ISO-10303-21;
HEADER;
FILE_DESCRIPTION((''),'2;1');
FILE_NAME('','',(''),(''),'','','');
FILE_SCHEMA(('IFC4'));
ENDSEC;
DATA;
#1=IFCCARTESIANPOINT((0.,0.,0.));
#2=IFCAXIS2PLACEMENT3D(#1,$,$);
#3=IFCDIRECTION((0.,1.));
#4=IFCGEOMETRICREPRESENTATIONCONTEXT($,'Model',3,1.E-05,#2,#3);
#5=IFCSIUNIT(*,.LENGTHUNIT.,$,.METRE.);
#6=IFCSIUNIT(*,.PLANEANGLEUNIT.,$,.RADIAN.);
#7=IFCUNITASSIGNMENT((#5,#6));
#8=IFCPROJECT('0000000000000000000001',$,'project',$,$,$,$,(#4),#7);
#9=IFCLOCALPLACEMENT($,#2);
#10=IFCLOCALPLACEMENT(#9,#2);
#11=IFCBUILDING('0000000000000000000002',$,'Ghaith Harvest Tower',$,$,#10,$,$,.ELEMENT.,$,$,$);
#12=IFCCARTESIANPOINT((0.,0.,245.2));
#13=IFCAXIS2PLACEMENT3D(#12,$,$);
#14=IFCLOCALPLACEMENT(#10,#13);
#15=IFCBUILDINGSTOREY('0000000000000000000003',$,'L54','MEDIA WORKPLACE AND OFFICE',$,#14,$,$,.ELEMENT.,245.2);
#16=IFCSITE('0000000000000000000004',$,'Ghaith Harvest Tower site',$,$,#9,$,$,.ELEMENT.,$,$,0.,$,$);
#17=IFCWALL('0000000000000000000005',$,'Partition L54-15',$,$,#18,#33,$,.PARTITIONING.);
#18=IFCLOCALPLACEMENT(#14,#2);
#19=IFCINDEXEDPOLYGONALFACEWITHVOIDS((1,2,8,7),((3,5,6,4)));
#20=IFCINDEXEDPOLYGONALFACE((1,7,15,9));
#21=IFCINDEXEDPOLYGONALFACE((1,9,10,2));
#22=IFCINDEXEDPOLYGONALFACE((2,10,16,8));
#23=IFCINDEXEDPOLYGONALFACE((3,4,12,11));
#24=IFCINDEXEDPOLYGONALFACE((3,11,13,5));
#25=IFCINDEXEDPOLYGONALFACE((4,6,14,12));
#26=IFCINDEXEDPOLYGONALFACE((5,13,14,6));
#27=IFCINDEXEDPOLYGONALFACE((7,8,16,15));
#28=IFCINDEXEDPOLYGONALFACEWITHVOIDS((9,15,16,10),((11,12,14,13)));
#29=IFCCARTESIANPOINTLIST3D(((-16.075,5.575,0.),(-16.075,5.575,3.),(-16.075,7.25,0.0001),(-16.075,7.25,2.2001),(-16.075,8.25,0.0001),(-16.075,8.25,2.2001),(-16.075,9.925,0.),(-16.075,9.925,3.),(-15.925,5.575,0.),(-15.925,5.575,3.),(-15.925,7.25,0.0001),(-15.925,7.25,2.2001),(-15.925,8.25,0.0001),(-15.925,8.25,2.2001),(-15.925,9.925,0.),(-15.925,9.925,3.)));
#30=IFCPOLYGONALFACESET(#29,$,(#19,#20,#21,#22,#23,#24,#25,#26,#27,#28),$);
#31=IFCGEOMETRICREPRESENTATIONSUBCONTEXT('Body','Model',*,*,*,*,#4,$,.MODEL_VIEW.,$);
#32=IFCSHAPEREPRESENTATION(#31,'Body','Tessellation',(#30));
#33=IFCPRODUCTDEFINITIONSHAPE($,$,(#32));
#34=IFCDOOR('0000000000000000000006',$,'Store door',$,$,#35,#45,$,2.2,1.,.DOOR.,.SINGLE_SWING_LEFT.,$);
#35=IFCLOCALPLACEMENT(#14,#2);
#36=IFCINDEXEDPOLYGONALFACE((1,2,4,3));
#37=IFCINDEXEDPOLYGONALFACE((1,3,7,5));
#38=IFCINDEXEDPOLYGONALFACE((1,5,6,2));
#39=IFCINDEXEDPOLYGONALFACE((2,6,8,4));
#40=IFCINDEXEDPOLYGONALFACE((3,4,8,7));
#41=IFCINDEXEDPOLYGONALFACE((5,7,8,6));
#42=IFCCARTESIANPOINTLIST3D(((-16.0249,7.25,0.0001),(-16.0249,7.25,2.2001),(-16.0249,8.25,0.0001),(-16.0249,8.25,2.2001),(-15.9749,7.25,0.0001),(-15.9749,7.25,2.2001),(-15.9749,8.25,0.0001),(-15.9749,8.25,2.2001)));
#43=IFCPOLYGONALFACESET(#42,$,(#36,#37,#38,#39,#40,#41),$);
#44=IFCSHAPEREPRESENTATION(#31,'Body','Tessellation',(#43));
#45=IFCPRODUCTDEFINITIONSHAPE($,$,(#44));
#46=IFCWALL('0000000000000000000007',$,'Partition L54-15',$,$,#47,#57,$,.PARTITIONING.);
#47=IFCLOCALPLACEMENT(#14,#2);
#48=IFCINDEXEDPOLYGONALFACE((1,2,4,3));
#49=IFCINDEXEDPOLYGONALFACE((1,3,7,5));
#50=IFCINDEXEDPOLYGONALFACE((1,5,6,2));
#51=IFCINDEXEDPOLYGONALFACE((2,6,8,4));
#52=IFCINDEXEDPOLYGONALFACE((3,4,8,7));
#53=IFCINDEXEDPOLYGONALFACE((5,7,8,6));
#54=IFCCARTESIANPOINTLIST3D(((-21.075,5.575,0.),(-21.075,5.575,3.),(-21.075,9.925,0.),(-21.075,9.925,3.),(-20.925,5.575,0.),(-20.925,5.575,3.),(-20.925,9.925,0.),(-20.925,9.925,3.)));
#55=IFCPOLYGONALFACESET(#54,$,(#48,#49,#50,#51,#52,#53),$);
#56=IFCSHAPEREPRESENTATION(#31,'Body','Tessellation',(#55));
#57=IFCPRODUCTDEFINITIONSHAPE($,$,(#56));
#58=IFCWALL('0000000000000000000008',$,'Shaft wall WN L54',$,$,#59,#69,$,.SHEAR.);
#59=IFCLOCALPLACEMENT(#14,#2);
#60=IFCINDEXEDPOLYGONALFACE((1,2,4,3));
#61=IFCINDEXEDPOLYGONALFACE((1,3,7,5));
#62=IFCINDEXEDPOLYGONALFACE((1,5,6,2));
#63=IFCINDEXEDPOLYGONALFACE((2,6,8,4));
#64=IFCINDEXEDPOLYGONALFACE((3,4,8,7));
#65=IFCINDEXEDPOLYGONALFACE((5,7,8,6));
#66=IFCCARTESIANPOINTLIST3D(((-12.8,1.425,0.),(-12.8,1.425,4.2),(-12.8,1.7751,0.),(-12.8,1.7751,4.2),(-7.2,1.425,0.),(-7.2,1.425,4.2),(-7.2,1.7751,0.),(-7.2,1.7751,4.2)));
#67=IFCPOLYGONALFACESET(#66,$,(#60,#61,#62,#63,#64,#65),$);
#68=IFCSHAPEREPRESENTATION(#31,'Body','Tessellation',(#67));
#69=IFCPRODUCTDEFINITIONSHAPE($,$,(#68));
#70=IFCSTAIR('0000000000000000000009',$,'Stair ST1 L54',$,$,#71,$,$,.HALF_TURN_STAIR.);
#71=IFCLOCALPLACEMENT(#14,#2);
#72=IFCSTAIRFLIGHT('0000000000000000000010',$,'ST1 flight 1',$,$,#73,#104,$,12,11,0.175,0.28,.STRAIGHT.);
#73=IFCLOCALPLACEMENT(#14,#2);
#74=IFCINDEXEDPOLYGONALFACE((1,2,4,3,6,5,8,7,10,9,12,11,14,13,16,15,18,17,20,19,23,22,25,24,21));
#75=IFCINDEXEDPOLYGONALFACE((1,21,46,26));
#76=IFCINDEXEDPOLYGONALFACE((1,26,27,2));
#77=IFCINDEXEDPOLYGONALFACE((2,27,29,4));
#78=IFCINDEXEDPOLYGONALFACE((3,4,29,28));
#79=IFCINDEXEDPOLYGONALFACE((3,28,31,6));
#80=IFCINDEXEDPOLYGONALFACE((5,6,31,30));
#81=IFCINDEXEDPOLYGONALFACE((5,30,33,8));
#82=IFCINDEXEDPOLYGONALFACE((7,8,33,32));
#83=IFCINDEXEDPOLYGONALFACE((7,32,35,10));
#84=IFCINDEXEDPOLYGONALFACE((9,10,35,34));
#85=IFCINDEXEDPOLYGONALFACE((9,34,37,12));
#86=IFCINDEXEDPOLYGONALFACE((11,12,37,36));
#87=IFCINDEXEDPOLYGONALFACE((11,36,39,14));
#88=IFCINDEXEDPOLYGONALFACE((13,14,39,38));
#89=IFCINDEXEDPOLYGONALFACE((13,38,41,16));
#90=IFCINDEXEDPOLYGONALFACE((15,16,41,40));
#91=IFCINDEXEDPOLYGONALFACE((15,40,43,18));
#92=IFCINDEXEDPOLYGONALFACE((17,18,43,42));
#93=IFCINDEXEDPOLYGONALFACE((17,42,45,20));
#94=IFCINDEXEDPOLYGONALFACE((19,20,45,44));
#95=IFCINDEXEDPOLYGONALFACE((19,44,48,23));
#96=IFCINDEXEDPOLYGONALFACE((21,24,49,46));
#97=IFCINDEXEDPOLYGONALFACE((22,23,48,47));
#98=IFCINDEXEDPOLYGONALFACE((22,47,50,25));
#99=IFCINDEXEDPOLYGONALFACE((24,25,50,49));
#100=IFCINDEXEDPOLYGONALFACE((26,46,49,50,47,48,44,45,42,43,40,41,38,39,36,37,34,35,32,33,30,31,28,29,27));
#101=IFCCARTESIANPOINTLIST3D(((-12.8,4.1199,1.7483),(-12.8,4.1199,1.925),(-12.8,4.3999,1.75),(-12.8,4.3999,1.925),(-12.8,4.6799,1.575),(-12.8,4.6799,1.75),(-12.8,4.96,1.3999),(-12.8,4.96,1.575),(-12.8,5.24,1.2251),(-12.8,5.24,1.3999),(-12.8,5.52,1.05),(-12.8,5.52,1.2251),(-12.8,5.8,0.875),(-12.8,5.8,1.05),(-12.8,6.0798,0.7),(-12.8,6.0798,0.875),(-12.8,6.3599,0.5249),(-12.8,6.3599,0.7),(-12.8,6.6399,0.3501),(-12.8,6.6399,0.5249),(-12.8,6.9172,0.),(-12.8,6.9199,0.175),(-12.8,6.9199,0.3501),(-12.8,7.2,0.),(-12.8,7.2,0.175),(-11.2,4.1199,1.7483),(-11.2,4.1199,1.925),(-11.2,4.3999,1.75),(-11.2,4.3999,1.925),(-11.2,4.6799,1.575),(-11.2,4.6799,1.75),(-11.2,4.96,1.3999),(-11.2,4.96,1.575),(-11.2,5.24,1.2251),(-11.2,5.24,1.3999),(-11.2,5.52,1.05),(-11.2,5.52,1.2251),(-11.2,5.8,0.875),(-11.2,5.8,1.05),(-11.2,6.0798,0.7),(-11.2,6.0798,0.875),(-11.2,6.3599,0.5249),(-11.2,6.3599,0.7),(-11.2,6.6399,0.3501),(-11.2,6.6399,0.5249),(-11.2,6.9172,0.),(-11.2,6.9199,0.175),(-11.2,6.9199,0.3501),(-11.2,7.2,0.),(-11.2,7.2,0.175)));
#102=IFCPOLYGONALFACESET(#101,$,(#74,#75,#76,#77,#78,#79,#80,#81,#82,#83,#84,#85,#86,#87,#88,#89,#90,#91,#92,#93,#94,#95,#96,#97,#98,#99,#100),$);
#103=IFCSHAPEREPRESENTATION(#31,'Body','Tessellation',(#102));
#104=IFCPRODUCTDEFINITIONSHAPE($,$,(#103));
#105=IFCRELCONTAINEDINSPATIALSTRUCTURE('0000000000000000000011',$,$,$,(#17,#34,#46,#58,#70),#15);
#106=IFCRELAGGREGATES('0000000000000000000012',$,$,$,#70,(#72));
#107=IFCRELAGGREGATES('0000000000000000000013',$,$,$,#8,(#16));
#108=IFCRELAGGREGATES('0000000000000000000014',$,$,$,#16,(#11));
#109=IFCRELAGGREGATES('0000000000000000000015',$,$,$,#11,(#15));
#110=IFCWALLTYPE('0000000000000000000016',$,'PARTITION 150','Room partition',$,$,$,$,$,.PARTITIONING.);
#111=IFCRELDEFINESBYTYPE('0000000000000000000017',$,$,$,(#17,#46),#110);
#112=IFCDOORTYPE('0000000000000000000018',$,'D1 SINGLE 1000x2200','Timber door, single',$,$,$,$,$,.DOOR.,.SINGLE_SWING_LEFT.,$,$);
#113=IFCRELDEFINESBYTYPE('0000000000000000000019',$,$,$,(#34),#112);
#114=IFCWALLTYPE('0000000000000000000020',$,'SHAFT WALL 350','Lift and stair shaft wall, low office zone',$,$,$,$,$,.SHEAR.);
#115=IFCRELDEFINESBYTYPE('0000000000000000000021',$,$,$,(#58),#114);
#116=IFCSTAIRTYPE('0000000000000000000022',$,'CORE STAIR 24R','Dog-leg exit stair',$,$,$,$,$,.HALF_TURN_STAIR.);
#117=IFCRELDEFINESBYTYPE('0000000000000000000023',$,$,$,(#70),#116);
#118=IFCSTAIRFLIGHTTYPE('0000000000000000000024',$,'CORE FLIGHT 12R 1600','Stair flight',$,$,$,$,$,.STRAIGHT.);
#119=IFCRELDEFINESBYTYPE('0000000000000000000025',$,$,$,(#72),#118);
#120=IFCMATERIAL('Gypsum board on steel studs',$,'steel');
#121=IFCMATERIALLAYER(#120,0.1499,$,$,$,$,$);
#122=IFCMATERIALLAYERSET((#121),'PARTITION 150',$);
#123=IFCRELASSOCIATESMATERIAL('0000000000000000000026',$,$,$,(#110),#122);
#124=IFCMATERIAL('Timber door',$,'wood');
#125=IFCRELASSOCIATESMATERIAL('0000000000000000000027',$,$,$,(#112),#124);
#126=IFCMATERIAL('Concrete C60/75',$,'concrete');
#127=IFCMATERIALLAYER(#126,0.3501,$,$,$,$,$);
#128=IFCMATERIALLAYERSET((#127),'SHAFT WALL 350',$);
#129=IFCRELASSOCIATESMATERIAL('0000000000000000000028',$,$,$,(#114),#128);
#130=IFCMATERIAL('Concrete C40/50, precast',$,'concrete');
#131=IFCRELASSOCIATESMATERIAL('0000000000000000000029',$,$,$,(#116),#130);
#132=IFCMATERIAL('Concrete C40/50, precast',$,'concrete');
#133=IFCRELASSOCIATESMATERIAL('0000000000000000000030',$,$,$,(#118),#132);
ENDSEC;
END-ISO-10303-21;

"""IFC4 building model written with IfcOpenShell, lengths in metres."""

from ifc_helpers import new_model, si_unit, direction, frame, frame_2d, origin, place, context, subcontext, project, spatial, polyline, rectangle, outline, extrude, material, layer, layer_set, type_object, element, fill, aggregate, save


model = new_model("IFC4")

# Units and contexts
model_context = context("Model", 3, precision=1e-05, world=origin(), true_north=direction((0.0, 1.0)))
body_context = subcontext(model_context, "Body", "Model", "MODEL_VIEW")
ifc_project = project(units=[si_unit("LENGTHUNIT", "METRE"), si_unit("PLANEANGLEUNIT", "RADIAN")], contexts=[model_context])

# Site, building, storey
site_placement = place(None, origin())
site = spatial("IfcSite", under=ifc_project, at=site_placement, Name="Ghaith Harvest Tower site", CompositionType="ELEMENT", RefElevation=0.0)
building_placement = place(site_placement, origin())
building = spatial("IfcBuilding", under=site, at=building_placement, Name="Ghaith Harvest Tower", CompositionType="ELEMENT")
storey_placement = place(building_placement, frame((0.0, 0.0, 245.2)))
storey = spatial("IfcBuildingStorey", under=building, at=storey_placement, Name="L54", Description="MEDIA WORKPLACE AND OFFICE", CompositionType="ELEMENT", Elevation=245.2)

# Shared definitions
ifc_material_1 = material(Name="Gypsum board on steel studs", Category="steel")
ifc_layer_1 = layer(ifc_material_1, 0.1499)
ifc_layer_set_1 = layer_set([ifc_layer_1], Name="PARTITION 150")
wall_type_1 = type_object("IfcWallType", Name="PARTITION 150", Description="Room partition", PredefinedType="PARTITIONING", material=ifc_layer_set_1)

# Wall, opening, door
wall_1_placement = place(storey_placement, frame((-16.0, 5.575, 0.0), z_axis=(0.0, 0.0, 1.0), x_axis=(0.0, 1.0, 0.0)))
wall_1 = element("IfcWall", 1, at=wall_1_placement, inside=storey, type_object=wall_type_1, Name="Partition L54-15", PredefinedType="PARTITIONING", context=body_context, shape_type="SweptSolid", body=[
    extrude(rectangle(XDim=4.3501, YDim=0.1499, at=frame_2d((2.175, 0.0))), origin(), (0.0, 0.0, 1.0), 3.0),
])
opening_placement = place(wall_1_placement, frame((1.675, 0.0, 0.0)))
opening = element("IfcOpeningElement", 2, at=opening_placement, cuts=wall_1, PredefinedType="OPENING", context=body_context, shape_type="SweptSolid", body=[
    extrude(rectangle(XDim=1.0, YDim=2.2, at=frame_2d((0.5, 1.1001))), frame((0.0, 0.085, 0.0), z_axis=(0.0, -1.0, 0.0), x_axis=(1.0, 0.0, 0.0)), (0.0, 0.0, 1.0), 0.1699),
])
ifc_material_2 = material(Name="Timber door", Category="wood")
door_type = type_object("IfcDoorType", Name="D1 SINGLE 1000x2200", Description="Timber door, single", OperationType="SINGLE_SWING_LEFT", PredefinedType="DOOR", material=ifc_material_2)
door_placement = place(opening_placement, origin())
door = element("IfcDoor", 3, at=door_placement, inside=storey, type_object=door_type, Name="Store door", OperationType="SINGLE_SWING_LEFT", OverallHeight=2.2, OverallWidth=1.0, PredefinedType="DOOR", context=body_context, shape_type="SweptSolid", body=[
    extrude(rectangle(XDim=1.0, YDim=2.2, at=frame_2d((0.5, 1.1001))), frame((0.0, 0.0249, 0.0), z_axis=(0.0, -1.0, 0.0), x_axis=(1.0, 0.0, 0.0)), (0.0, 0.0, 1.0), 0.05),
])
fill(opening, door)

# Walls
wall_2_placement = place(storey_placement, frame((-21.0, 5.575, 0.0), z_axis=(0.0, 0.0, 1.0), x_axis=(0.0, 1.0, 0.0)))
element("IfcWall", 4, at=wall_2_placement, inside=storey, type_object=wall_type_1, Name="Partition L54-15", PredefinedType="PARTITIONING", context=body_context, shape_type="SweptSolid", body=[
    extrude(rectangle(XDim=4.3501, YDim=0.1499, at=frame_2d((2.175, 0.0))), origin(), (0.0, 0.0, 1.0), 3.0),
])
ifc_material_3 = material(Name="Concrete C60/75", Category="concrete")
ifc_layer_2 = layer(ifc_material_3, 0.3501)
ifc_layer_set_2 = layer_set([ifc_layer_2], Name="SHAFT WALL 350")
wall_type_2 = type_object("IfcWallType", Name="SHAFT WALL 350", Description="Lift and stair shaft wall, low office zone", PredefinedType="SHEAR", material=ifc_layer_set_2)
wall_3_placement = place(storey_placement, frame((-12.8, 1.6001, 0.0), z_axis=(0.0, 0.0, 1.0), x_axis=(1.0, 0.0, 0.0)))
element("IfcWall", 5, at=wall_3_placement, inside=storey, type_object=wall_type_2, Name="Shaft wall WN L54", PredefinedType="SHEAR", context=body_context, shape_type="SweptSolid", body=[
    extrude(rectangle(XDim=5.6001, YDim=0.3501, at=frame_2d((2.8, 0.0))), origin(), (0.0, 0.0, 1.0), 4.2),
])

# Stair, stair flight
ifc_material_4 = material(Name="Concrete C40/50, precast", Category="concrete")
stair_type = type_object("IfcStairType", Name="CORE STAIR 24R", Description="Dog-leg exit stair", PredefinedType="HALF_TURN_STAIR", material=ifc_material_4)
stair_placement = place(storey_placement, origin())
stair = element("IfcStair", 6, at=stair_placement, inside=storey, type_object=stair_type, Name="Stair ST1 L54", PredefinedType="HALF_TURN_STAIR")
ifc_material_5 = material(Name="Concrete C40/50, precast", Category="concrete")
stair_flight_type = type_object("IfcStairFlightType", Name="CORE FLIGHT 12R 1600", Description="Stair flight", PredefinedType="STRAIGHT", material=ifc_material_5)
stair_flight_placement = place(storey_placement, frame((-12.0, 7.2, 0.0), z_axis=(0.0, 0.0, 1.0), x_axis=(0.0, -1.0, 0.0)))
stair_flight = element("IfcStairFlight", 7, at=stair_flight_placement, type_object=stair_flight_type, Name="ST1 flight 1", NumberOfRisers=12, NumberOfTreads=11, PredefinedType="STRAIGHT", RiserHeight=0.175, TreadLength=0.28, context=body_context, shape_type="SweptSolid", body=[
    extrude(outline(polyline([(0.0, 0.0), (0.0, 0.175), (0.28, 0.175), (0.28, 0.3501), (0.5601, 0.3501), (0.5601, 0.5249), (0.8401, 0.5249), (0.8401, 0.7), (1.1201, 0.7), (1.1201, 0.875), (1.3999, 0.875), (1.3999, 1.05), (1.6799, 1.05), (1.6799, 1.2251), (1.96, 1.2251), (1.96, 1.3999), (2.24, 1.3999), (2.24, 1.575), (2.52, 1.575), (2.52, 1.75), (2.8, 1.75), (2.8, 1.925), (3.0801, 1.925), (3.0801, 2.1001), (3.0801, 1.7483), (0.2827, 0.0), (0.0, 0.0)])), frame((0.0, 0.8, 0.0), z_axis=(0.0, -1.0, 0.0), x_axis=(1.0, 0.0, 0.0)), (0.0, 0.0, 1.0), 1.6001),
])
aggregate(stair, [stair_flight])

save(model, "model.ifc")
